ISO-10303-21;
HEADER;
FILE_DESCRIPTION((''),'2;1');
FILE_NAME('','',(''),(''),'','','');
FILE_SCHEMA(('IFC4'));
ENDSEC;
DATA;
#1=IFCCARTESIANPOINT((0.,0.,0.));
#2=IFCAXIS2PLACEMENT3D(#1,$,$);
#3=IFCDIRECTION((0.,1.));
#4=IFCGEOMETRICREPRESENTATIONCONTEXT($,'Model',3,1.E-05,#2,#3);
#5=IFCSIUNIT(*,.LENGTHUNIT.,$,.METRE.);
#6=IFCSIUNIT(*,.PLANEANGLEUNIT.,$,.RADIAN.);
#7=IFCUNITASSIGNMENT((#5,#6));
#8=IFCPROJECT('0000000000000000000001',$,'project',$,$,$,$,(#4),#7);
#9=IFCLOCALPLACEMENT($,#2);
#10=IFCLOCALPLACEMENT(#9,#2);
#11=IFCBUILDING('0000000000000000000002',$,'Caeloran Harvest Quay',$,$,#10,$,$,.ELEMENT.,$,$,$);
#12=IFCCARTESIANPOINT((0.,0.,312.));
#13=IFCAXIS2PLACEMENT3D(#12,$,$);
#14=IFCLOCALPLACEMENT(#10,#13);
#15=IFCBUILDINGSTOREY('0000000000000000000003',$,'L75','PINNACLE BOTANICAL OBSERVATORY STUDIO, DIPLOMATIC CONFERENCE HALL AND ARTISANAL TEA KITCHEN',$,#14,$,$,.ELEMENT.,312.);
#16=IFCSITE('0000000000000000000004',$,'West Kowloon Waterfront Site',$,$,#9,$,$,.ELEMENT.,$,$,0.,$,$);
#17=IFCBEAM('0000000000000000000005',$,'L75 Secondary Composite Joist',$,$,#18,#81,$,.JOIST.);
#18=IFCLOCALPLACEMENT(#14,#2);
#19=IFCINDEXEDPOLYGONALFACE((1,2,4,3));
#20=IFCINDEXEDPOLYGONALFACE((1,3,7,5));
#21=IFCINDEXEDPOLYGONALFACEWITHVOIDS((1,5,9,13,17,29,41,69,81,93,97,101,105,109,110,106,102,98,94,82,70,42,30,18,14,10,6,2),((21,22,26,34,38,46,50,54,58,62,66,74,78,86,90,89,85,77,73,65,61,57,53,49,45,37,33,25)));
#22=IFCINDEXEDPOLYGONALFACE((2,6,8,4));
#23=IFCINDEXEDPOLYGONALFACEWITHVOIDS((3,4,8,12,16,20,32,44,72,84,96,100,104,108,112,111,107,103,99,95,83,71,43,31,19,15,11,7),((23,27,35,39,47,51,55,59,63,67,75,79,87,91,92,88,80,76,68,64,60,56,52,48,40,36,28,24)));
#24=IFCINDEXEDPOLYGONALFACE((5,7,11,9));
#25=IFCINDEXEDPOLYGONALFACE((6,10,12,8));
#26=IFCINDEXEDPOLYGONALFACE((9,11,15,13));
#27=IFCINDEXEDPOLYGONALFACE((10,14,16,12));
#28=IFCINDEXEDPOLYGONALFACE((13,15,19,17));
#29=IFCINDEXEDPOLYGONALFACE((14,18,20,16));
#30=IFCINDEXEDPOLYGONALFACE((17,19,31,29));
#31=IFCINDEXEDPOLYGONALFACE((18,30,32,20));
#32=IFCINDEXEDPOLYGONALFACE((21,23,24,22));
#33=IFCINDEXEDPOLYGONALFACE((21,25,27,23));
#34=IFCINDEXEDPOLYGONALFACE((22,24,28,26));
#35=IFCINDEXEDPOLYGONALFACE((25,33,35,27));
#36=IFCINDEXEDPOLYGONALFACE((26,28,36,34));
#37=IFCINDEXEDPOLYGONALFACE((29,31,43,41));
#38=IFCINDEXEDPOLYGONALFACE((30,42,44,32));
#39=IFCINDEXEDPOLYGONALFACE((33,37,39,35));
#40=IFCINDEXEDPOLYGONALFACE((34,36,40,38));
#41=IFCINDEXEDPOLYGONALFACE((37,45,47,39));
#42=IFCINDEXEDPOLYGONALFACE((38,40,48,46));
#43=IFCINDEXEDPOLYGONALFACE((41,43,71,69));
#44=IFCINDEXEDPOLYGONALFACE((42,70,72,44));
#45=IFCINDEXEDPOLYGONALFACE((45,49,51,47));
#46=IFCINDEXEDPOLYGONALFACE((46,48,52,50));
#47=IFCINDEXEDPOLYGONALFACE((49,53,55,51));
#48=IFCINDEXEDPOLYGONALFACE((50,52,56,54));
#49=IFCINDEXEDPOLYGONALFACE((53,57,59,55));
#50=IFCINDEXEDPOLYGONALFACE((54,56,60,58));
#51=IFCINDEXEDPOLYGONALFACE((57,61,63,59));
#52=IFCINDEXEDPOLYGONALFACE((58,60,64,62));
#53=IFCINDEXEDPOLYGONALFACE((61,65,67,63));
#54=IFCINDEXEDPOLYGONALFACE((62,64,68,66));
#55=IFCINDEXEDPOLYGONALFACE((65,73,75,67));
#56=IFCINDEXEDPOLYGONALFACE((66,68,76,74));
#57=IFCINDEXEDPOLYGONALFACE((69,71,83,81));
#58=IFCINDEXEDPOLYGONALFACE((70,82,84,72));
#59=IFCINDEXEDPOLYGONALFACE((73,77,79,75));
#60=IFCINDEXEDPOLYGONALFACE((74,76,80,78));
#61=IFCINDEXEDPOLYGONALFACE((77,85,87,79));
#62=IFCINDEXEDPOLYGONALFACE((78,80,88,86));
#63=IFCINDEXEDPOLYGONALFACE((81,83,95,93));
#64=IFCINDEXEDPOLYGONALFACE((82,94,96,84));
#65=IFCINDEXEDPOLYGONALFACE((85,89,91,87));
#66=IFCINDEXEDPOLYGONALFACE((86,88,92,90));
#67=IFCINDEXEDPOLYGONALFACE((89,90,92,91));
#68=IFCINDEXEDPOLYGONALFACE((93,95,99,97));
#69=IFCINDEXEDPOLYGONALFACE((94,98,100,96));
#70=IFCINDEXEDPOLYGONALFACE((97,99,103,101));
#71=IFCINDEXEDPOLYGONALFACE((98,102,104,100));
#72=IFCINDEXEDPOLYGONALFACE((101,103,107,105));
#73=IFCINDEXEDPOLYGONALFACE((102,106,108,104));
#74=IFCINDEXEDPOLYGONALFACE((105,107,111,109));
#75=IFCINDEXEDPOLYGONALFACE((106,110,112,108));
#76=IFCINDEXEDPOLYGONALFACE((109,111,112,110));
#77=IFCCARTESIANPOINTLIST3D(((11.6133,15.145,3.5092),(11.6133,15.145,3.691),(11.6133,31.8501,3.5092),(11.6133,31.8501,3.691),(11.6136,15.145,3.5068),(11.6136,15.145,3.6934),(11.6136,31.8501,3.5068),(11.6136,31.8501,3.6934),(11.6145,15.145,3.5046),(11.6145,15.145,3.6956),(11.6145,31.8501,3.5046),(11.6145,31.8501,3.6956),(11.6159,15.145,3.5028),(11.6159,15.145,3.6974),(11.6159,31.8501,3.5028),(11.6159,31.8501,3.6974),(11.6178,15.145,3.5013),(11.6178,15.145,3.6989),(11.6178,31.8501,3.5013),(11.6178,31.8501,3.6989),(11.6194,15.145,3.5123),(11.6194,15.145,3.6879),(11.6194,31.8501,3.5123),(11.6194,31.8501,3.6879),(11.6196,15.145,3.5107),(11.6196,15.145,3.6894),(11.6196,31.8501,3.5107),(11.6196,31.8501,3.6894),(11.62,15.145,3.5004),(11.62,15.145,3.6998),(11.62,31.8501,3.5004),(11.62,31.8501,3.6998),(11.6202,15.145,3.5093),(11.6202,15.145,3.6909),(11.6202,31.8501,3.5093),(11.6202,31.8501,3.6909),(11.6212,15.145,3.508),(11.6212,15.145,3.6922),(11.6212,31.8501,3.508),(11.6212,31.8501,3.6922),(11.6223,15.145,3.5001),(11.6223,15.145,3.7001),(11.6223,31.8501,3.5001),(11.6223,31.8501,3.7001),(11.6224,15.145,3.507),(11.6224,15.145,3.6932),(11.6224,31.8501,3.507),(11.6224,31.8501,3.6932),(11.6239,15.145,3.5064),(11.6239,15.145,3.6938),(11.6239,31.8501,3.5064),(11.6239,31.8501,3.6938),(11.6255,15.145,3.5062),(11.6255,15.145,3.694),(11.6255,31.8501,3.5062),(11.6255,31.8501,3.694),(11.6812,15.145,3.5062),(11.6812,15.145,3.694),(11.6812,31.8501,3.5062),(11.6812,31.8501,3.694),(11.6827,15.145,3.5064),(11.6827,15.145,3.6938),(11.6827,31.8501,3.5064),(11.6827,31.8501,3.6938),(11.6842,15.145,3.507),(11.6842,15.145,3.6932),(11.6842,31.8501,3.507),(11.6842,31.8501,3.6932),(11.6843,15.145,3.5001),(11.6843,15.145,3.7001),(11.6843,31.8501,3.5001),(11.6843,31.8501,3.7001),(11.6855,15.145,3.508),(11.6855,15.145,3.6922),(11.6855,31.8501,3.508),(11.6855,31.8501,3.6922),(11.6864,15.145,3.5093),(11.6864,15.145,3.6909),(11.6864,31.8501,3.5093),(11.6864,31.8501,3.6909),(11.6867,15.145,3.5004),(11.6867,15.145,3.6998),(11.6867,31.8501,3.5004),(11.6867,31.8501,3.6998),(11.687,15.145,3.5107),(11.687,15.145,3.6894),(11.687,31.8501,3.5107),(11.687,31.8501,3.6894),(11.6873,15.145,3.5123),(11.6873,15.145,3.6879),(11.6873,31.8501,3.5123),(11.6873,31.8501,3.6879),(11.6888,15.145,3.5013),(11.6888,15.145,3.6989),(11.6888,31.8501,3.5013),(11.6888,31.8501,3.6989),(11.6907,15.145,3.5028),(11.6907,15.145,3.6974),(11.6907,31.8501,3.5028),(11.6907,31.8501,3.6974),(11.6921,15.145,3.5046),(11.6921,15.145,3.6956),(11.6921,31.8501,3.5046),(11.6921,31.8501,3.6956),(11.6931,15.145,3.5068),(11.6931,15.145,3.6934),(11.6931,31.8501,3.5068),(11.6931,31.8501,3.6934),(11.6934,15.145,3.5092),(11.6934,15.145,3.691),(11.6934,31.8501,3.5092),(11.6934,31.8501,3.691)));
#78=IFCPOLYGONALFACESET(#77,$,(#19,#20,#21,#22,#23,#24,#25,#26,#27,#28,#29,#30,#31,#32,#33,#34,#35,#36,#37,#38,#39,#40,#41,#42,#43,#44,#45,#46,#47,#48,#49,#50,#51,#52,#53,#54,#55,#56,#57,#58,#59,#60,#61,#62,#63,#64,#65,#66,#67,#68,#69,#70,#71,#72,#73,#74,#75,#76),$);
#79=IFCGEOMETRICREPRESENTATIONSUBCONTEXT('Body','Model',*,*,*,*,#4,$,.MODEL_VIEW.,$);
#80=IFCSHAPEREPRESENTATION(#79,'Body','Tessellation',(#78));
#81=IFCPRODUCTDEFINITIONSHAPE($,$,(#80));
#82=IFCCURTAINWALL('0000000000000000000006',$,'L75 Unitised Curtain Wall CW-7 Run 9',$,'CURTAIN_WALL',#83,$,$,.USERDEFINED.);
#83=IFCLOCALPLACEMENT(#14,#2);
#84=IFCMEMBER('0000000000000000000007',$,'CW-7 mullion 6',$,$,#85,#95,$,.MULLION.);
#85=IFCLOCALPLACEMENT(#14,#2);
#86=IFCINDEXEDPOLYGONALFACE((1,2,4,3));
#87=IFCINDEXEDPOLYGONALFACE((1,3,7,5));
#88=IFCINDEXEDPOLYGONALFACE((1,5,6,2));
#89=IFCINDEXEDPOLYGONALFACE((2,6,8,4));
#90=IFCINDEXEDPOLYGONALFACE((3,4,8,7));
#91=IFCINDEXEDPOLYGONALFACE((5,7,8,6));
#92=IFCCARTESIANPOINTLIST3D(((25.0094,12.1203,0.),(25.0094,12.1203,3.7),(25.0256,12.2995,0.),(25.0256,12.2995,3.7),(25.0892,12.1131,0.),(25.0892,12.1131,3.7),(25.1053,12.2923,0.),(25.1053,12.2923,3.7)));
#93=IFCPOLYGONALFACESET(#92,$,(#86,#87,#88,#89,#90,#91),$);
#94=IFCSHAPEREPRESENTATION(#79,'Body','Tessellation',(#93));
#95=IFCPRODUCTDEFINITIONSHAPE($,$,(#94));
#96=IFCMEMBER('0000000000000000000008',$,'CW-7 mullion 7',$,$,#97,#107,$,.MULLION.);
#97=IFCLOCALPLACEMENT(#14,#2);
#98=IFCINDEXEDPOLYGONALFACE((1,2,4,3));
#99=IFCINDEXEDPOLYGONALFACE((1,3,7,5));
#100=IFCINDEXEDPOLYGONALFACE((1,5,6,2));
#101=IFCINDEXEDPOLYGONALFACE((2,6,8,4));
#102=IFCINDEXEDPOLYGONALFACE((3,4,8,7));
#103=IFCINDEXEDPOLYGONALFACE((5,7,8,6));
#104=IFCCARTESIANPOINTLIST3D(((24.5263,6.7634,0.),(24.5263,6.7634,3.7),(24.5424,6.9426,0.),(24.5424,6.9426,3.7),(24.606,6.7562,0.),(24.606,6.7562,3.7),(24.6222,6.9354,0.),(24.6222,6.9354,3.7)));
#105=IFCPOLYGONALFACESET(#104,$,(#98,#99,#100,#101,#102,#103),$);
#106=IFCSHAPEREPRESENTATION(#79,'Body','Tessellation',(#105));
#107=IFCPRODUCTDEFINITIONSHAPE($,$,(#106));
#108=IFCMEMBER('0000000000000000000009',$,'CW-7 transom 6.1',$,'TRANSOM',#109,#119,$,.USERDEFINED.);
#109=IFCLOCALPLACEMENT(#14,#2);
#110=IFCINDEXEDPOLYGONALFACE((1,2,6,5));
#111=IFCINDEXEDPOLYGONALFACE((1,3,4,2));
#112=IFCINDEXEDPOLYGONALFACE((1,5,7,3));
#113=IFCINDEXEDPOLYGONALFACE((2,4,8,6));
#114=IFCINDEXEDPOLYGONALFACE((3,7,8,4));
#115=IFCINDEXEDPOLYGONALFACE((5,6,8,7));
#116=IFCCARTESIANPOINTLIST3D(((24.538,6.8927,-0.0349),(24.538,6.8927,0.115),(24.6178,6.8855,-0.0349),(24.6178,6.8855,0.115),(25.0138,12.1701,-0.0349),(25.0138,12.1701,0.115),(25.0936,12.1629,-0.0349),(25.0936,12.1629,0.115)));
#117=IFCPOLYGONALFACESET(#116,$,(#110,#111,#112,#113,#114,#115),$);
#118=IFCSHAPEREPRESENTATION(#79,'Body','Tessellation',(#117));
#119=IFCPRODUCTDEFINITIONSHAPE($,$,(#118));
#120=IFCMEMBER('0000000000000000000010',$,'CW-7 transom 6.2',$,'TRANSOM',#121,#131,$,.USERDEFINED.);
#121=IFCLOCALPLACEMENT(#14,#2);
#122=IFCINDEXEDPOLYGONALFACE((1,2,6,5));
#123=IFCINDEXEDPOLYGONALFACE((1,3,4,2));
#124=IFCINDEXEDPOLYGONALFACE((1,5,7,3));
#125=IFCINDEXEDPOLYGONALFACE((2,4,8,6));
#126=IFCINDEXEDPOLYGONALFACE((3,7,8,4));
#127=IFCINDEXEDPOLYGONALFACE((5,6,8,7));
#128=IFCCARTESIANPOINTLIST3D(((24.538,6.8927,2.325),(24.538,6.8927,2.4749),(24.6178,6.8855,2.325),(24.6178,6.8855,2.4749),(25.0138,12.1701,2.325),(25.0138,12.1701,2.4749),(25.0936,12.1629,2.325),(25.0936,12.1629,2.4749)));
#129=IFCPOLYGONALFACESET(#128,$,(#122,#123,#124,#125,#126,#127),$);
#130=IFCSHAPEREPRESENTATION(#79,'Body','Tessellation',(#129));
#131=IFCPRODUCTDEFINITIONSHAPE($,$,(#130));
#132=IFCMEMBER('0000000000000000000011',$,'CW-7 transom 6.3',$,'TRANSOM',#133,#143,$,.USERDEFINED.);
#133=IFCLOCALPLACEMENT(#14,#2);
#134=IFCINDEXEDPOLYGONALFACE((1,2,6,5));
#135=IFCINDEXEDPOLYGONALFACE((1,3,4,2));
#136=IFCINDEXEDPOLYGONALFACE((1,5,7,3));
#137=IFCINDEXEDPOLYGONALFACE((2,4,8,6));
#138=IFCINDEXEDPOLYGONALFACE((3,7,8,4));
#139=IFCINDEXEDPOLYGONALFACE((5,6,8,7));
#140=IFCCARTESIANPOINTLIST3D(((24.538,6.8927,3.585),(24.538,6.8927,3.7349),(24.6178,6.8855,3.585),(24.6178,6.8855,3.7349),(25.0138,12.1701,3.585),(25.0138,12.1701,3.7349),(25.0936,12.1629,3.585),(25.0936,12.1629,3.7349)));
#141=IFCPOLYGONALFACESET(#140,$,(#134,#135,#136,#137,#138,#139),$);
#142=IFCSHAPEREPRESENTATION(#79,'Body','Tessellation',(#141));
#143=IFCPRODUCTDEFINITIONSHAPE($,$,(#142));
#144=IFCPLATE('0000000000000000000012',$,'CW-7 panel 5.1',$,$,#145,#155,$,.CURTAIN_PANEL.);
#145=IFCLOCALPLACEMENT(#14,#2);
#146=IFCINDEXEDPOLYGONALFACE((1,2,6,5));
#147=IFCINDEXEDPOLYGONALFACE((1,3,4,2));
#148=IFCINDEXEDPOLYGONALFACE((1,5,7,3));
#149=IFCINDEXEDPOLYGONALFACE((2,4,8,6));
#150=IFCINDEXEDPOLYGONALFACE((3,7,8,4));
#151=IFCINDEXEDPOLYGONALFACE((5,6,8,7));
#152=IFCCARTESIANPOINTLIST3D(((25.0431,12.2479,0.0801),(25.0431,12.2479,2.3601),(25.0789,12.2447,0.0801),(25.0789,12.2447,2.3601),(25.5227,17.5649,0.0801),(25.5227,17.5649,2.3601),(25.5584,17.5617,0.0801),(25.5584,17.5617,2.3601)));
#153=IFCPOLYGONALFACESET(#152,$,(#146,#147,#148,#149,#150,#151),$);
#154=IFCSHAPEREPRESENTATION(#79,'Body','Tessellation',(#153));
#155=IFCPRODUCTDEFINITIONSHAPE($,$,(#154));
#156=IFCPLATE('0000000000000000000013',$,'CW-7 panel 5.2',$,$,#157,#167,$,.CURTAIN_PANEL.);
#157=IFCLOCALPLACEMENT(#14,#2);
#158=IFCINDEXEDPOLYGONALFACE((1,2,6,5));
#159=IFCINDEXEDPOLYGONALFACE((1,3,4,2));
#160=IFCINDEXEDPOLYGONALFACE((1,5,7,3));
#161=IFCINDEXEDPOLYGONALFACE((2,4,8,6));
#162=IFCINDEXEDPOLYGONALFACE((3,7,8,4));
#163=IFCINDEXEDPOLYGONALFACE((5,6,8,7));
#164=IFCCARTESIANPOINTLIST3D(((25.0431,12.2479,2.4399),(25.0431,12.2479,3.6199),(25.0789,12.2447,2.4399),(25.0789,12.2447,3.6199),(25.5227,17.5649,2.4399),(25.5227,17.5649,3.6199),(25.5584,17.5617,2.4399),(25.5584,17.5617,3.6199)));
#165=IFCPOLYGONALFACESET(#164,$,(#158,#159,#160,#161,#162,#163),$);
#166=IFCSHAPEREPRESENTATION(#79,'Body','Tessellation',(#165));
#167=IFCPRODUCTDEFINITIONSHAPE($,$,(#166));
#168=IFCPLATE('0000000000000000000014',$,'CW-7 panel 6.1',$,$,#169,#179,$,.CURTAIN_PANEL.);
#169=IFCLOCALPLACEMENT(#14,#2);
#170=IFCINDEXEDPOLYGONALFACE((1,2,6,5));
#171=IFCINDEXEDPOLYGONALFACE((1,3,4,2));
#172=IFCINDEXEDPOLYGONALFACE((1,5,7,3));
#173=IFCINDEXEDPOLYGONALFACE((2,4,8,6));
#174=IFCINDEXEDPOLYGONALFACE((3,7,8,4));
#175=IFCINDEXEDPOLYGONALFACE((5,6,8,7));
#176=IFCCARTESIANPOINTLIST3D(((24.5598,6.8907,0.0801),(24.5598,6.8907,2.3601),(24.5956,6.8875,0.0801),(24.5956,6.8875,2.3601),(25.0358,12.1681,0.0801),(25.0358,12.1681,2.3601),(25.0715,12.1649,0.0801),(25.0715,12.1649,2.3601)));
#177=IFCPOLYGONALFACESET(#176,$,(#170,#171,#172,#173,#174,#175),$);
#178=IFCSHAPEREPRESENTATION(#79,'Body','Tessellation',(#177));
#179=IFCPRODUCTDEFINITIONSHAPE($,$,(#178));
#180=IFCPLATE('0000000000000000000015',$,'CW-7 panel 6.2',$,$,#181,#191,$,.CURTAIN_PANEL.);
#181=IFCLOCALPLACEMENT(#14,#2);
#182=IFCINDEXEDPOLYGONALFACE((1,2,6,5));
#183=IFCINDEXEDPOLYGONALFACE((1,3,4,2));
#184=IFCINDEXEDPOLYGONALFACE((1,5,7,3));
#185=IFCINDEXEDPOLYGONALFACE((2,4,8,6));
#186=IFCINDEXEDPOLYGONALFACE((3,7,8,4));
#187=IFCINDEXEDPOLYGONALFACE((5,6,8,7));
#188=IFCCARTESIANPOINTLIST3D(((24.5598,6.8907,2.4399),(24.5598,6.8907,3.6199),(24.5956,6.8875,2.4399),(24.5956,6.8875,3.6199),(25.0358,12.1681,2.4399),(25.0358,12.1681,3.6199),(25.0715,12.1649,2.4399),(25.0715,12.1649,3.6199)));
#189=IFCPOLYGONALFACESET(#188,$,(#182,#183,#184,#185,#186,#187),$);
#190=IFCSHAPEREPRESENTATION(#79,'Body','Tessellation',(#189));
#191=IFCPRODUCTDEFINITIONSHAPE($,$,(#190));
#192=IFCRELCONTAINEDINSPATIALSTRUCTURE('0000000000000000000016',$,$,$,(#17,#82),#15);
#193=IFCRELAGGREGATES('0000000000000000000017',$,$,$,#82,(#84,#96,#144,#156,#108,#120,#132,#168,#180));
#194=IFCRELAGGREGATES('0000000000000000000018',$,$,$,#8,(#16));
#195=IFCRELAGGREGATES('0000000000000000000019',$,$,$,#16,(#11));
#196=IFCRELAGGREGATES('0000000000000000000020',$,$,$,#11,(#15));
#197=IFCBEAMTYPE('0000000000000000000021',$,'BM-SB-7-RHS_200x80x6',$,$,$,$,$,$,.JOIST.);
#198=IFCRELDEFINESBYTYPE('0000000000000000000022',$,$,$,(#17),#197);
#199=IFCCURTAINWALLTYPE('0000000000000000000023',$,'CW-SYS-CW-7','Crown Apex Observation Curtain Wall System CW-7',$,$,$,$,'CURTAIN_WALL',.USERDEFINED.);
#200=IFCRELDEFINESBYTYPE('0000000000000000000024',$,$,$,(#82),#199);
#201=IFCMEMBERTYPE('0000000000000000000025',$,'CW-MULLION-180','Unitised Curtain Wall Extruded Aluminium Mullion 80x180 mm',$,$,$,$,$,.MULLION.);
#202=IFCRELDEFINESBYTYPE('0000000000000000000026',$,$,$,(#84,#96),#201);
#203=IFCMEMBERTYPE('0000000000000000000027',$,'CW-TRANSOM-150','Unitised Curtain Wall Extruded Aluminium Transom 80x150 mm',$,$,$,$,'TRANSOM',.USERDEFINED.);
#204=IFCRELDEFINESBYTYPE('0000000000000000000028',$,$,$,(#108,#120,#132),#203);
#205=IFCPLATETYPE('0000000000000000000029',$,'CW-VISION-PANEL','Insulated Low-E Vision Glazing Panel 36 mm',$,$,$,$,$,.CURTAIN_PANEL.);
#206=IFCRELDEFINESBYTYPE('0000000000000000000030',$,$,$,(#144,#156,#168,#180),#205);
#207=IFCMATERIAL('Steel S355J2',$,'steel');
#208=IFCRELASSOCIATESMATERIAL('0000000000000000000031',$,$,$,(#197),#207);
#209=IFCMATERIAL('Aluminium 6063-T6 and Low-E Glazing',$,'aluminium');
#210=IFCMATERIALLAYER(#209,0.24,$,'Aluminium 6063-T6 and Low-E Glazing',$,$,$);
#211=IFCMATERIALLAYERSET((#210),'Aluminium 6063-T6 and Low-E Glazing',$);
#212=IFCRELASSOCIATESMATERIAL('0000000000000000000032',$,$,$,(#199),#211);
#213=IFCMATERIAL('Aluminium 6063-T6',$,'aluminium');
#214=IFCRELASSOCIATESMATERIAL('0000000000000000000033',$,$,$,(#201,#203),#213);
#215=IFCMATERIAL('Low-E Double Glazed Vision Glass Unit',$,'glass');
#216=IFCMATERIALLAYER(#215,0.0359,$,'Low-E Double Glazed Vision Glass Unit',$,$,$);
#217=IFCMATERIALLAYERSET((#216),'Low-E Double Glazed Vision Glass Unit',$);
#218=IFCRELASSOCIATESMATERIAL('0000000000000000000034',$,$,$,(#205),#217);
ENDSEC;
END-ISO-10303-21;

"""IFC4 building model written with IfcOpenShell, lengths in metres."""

from ifc_helpers import new_model, si_unit, direction, frame, origin, origin_2d, place, context, subcontext, project, spatial, rectangle, hollow_rectangle, extrude, material, layer, layer_set, material_profile, profile_set, type_object, element, aggregate, save


model = new_model("IFC4")

# Units and contexts
model_context = context("Model", 3, precision=1e-05, world=origin(), true_north=direction((0.0, 1.0)))
body_context = subcontext(model_context, "Body", "Model", "MODEL_VIEW")
ifc_project = project(units=[si_unit("LENGTHUNIT", "METRE"), si_unit("PLANEANGLEUNIT", "RADIAN")], contexts=[model_context])

# Site, building, storey
site_placement = place(None, origin())
site = spatial("IfcSite", under=ifc_project, at=site_placement, Name="West Kowloon Waterfront Site", CompositionType="ELEMENT", RefElevation=0.0)
building_placement = place(site_placement, origin())
building = spatial("IfcBuilding", under=site, at=building_placement, Name="Caeloran Harvest Quay", CompositionType="ELEMENT")
storey_placement = place(building_placement, frame((0.0, 0.0, 312.0)))
storey = spatial("IfcBuildingStorey", under=building, at=storey_placement, Name="L75", Description="PINNACLE BOTANICAL OBSERVATORY STUDIO, DIPLOMATIC CONFERENCE HALL AND ARTISANAL TEA KITCHEN", CompositionType="ELEMENT", Elevation=312.0)

# Beam
ifc_material_1 = material(Name="Steel S355J2", Category="steel")
ifc_material_profile_1 = material_profile(ifc_material_1, hollow_rectangle(XDim=0.0801, YDim=0.2, WallThickness=0.0061, InnerFilletRadius=0.0061, OuterFilletRadius=0.009, at=origin_2d()), Name="RHS 200x80x6")
ifc_profile_set_1 = profile_set([ifc_material_profile_1], Name="Steel S355J2")
beam_type_1 = type_object("IfcBeamType", Name="BM-SB-7-RHS_200x80x6", PredefinedType="JOIST", material=ifc_profile_set_1)
for number, where, z_axis, x_axis, name in (
    (1, (11.6533, 15.145, 3.6001), (0.0, 1.0, 0.0), (-1.0, 0.0, 0.0), "L75 Secondary Composite Joist"),
):
    element("IfcBeam", number, at=place(storey_placement, frame(where, z_axis=z_axis, x_axis=x_axis)), inside=storey, type_object=beam_type_1, Name=name, PredefinedType="JOIST", context=body_context, shape_type="SweptSolid", body=[
        extrude(hollow_rectangle(XDim=0.0801, YDim=0.2, WallThickness=0.0061, InnerFilletRadius=0.0061, OuterFilletRadius=0.009, at=origin_2d()), origin(), (0.0, 0.0, 1.0), 16.7051),
    ])

# Curtain wall, members, plates
ifc_material_2 = material(Name="Aluminium 6063-T6 and Low-E Glazing", Category="aluminium")
ifc_layer_1 = layer(ifc_material_2, 0.24, Name="Aluminium 6063-T6 and Low-E Glazing")
ifc_layer_set_1 = layer_set([ifc_layer_1], Name="Aluminium 6063-T6 and Low-E Glazing")
curtain_wall_type = type_object("IfcCurtainWallType", Name="CW-SYS-CW-7", Description="Crown Apex Observation Curtain Wall System CW-7", ElementType="CURTAIN_WALL", PredefinedType="USERDEFINED", material=ifc_layer_set_1)
curtain_wall_placement = place(storey_placement, origin())
curtain_wall = element("IfcCurtainWall", 2, at=curtain_wall_placement, inside=storey, type_object=curtain_wall_type, Name="L75 Unitised Curtain Wall CW-7 Run 9", ObjectType="CURTAIN_WALL", PredefinedType="USERDEFINED")
ifc_material_3 = material(Name="Aluminium 6063-T6", Category="aluminium")
ifc_material_profile_2 = material_profile(ifc_material_3, rectangle(XDim=0.0801, YDim=0.1799, at=origin_2d()), Name="CW-MULLION-180")
ifc_profile_set_2 = profile_set([ifc_material_profile_2], Name="Aluminium 6063-T6")
member_type_1 = type_object("IfcMemberType", Name="CW-MULLION-180", Description="Unitised Curtain Wall Extruded Aluminium Mullion 80x180 mm", PredefinedType="MULLION", material=ifc_profile_set_2)
member_1_placement = place(storey_placement, frame((25.0574, 12.2063, 0.0), z_axis=(0.0, 0.0, 1.0), x_axis=(0.995958, -0.089821, 0.0)))
member_1 = element("IfcMember", 3, at=member_1_placement, type_object=member_type_1, Name="CW-7 mullion 6", PredefinedType="MULLION", context=body_context, shape_type="SweptSolid", body=[
    extrude(rectangle(XDim=0.0801, YDim=0.1799, at=origin_2d()), origin(), (0.0, 0.0, 1.0), 3.7),
])
member_2_placement = place(storey_placement, frame((24.5742, 6.8494, 0.0), z_axis=(0.0, 0.0, 1.0), x_axis=(0.995958, -0.089821, 0.0)))
member_2 = element("IfcMember", 4, at=member_2_placement, type_object=member_type_1, Name="CW-7 mullion 7", PredefinedType="MULLION", context=body_context, shape_type="SweptSolid", body=[
    extrude(rectangle(XDim=0.0801, YDim=0.1799, at=origin_2d()), origin(), (0.0, 0.0, 1.0), 3.7),
])
ifc_material_profile_3 = material_profile(ifc_material_3, rectangle(XDim=0.0801, YDim=0.1499, at=origin_2d()), Name="CW-TRANSOM-150")
ifc_profile_set_3 = profile_set([ifc_material_profile_3], Name="Aluminium 6063-T6")
member_type_2 = type_object("IfcMemberType", Name="CW-TRANSOM-150", Description="Unitised Curtain Wall Extruded Aluminium Transom 80x150 mm", ElementType="TRANSOM", PredefinedType="USERDEFINED", material=ifc_profile_set_3)
member_3_placement = place(storey_placement, frame((25.0537, 12.1665, 0.04), z_axis=(-0.0898, -0.99596, 0.0), x_axis=(0.99596, -0.0898, 0.0)))
member_3 = element("IfcMember", 5, at=member_3_placement, type_object=member_type_2, Name="CW-7 transom 6.1", ObjectType="TRANSOM", PredefinedType="USERDEFINED", context=body_context, shape_type="SweptSolid", body=[
    extrude(rectangle(XDim=0.0801, YDim=0.1499, at=origin_2d()), origin(), (0.0, 0.0, 1.0), 5.2988),
])
member_4_placement = place(storey_placement, frame((25.0537, 12.1665, 2.3999), z_axis=(-0.0898, -0.99596, 0.0), x_axis=(0.99596, -0.0898, 0.0)))
member_4 = element("IfcMember", 6, at=member_4_placement, type_object=member_type_2, Name="CW-7 transom 6.2", ObjectType="TRANSOM", PredefinedType="USERDEFINED", context=body_context, shape_type="SweptSolid", body=[
    extrude(rectangle(XDim=0.0801, YDim=0.1499, at=origin_2d()), origin(), (0.0, 0.0, 1.0), 5.2988),
])
member_5_placement = place(storey_placement, frame((25.0537, 12.1665, 3.6599), z_axis=(-0.0898, -0.99596, 0.0), x_axis=(0.99596, -0.0898, 0.0)))
member_5 = element("IfcMember", 7, at=member_5_placement, type_object=member_type_2, Name="CW-7 transom 6.3", ObjectType="TRANSOM", PredefinedType="USERDEFINED", context=body_context, shape_type="SweptSolid", body=[
    extrude(rectangle(XDim=0.0801, YDim=0.1499, at=origin_2d()), origin(), (0.0, 0.0, 1.0), 5.2988),
])
ifc_material_4 = material(Name="Low-E Double Glazed Vision Glass Unit", Category="glass")
ifc_layer_2 = layer(ifc_material_4, 0.0359, Name="Low-E Double Glazed Vision Glass Unit")
ifc_layer_set_2 = layer_set([ifc_layer_2], Name="Low-E Double Glazed Vision Glass Unit")
plate_type = type_object("IfcPlateType", Name="CW-VISION-PANEL", Description="Insulated Low-E Vision Glazing Panel 36 mm", PredefinedType="CURTAIN_PANEL", material=ifc_layer_set_2)
plate_1_placement = place(storey_placement, frame((25.3008, 14.9048, 0.0801), z_axis=(0.0, 0.0, 1.0), x_axis=(-0.089821, -0.995958, 0.0)))
plate_1 = element("IfcPlate", 8, at=plate_1_placement, type_object=plate_type, Name="CW-7 panel 5.1", PredefinedType="CURTAIN_PANEL", context=body_context, shape_type="SweptSolid", body=[
    extrude(rectangle(XDim=5.3386, YDim=0.0359, at=origin_2d()), origin(), (0.0, 0.0, 1.0), 2.28),
])
plate_2_placement = place(storey_placement, frame((25.3008, 14.9048, 2.4399), z_axis=(0.0, 0.0, 1.0), x_axis=(-0.089821, -0.995958, 0.0)))
plate_2 = element("IfcPlate", 9, at=plate_2_placement, type_object=plate_type, Name="CW-7 panel 5.2", PredefinedType="CURTAIN_PANEL", context=body_context, shape_type="SweptSolid", body=[
    extrude(rectangle(XDim=5.3386, YDim=0.0359, at=origin_2d()), origin(), (0.0, 0.0, 1.0), 1.1799),
])
plate_3_placement = place(storey_placement, frame((24.8157, 9.5278, 0.0801), z_axis=(0.0, 0.0, 1.0), x_axis=(-0.089821, -0.995958, 0.0)))
plate_3 = element("IfcPlate", 10, at=plate_3_placement, type_object=plate_type, Name="CW-7 panel 6.1", PredefinedType="CURTAIN_PANEL", context=body_context, shape_type="SweptSolid", body=[
    extrude(rectangle(XDim=5.2988, YDim=0.0359, at=origin_2d()), origin(), (0.0, 0.0, 1.0), 2.28),
])
plate_4_placement = place(storey_placement, frame((24.8157, 9.5278, 2.4399), z_axis=(0.0, 0.0, 1.0), x_axis=(-0.089821, -0.995958, 0.0)))
plate_4 = element("IfcPlate", 11, at=plate_4_placement, type_object=plate_type, Name="CW-7 panel 6.2", PredefinedType="CURTAIN_PANEL", context=body_context, shape_type="SweptSolid", body=[
    extrude(rectangle(XDim=5.2988, YDim=0.0359, at=origin_2d()), origin(), (0.0, 0.0, 1.0), 1.1799),
])
aggregate(curtain_wall, [member_1, member_2, plate_1, plate_2, member_3, member_4, member_5, plate_3, plate_4])

save(model, "model.ifc")
